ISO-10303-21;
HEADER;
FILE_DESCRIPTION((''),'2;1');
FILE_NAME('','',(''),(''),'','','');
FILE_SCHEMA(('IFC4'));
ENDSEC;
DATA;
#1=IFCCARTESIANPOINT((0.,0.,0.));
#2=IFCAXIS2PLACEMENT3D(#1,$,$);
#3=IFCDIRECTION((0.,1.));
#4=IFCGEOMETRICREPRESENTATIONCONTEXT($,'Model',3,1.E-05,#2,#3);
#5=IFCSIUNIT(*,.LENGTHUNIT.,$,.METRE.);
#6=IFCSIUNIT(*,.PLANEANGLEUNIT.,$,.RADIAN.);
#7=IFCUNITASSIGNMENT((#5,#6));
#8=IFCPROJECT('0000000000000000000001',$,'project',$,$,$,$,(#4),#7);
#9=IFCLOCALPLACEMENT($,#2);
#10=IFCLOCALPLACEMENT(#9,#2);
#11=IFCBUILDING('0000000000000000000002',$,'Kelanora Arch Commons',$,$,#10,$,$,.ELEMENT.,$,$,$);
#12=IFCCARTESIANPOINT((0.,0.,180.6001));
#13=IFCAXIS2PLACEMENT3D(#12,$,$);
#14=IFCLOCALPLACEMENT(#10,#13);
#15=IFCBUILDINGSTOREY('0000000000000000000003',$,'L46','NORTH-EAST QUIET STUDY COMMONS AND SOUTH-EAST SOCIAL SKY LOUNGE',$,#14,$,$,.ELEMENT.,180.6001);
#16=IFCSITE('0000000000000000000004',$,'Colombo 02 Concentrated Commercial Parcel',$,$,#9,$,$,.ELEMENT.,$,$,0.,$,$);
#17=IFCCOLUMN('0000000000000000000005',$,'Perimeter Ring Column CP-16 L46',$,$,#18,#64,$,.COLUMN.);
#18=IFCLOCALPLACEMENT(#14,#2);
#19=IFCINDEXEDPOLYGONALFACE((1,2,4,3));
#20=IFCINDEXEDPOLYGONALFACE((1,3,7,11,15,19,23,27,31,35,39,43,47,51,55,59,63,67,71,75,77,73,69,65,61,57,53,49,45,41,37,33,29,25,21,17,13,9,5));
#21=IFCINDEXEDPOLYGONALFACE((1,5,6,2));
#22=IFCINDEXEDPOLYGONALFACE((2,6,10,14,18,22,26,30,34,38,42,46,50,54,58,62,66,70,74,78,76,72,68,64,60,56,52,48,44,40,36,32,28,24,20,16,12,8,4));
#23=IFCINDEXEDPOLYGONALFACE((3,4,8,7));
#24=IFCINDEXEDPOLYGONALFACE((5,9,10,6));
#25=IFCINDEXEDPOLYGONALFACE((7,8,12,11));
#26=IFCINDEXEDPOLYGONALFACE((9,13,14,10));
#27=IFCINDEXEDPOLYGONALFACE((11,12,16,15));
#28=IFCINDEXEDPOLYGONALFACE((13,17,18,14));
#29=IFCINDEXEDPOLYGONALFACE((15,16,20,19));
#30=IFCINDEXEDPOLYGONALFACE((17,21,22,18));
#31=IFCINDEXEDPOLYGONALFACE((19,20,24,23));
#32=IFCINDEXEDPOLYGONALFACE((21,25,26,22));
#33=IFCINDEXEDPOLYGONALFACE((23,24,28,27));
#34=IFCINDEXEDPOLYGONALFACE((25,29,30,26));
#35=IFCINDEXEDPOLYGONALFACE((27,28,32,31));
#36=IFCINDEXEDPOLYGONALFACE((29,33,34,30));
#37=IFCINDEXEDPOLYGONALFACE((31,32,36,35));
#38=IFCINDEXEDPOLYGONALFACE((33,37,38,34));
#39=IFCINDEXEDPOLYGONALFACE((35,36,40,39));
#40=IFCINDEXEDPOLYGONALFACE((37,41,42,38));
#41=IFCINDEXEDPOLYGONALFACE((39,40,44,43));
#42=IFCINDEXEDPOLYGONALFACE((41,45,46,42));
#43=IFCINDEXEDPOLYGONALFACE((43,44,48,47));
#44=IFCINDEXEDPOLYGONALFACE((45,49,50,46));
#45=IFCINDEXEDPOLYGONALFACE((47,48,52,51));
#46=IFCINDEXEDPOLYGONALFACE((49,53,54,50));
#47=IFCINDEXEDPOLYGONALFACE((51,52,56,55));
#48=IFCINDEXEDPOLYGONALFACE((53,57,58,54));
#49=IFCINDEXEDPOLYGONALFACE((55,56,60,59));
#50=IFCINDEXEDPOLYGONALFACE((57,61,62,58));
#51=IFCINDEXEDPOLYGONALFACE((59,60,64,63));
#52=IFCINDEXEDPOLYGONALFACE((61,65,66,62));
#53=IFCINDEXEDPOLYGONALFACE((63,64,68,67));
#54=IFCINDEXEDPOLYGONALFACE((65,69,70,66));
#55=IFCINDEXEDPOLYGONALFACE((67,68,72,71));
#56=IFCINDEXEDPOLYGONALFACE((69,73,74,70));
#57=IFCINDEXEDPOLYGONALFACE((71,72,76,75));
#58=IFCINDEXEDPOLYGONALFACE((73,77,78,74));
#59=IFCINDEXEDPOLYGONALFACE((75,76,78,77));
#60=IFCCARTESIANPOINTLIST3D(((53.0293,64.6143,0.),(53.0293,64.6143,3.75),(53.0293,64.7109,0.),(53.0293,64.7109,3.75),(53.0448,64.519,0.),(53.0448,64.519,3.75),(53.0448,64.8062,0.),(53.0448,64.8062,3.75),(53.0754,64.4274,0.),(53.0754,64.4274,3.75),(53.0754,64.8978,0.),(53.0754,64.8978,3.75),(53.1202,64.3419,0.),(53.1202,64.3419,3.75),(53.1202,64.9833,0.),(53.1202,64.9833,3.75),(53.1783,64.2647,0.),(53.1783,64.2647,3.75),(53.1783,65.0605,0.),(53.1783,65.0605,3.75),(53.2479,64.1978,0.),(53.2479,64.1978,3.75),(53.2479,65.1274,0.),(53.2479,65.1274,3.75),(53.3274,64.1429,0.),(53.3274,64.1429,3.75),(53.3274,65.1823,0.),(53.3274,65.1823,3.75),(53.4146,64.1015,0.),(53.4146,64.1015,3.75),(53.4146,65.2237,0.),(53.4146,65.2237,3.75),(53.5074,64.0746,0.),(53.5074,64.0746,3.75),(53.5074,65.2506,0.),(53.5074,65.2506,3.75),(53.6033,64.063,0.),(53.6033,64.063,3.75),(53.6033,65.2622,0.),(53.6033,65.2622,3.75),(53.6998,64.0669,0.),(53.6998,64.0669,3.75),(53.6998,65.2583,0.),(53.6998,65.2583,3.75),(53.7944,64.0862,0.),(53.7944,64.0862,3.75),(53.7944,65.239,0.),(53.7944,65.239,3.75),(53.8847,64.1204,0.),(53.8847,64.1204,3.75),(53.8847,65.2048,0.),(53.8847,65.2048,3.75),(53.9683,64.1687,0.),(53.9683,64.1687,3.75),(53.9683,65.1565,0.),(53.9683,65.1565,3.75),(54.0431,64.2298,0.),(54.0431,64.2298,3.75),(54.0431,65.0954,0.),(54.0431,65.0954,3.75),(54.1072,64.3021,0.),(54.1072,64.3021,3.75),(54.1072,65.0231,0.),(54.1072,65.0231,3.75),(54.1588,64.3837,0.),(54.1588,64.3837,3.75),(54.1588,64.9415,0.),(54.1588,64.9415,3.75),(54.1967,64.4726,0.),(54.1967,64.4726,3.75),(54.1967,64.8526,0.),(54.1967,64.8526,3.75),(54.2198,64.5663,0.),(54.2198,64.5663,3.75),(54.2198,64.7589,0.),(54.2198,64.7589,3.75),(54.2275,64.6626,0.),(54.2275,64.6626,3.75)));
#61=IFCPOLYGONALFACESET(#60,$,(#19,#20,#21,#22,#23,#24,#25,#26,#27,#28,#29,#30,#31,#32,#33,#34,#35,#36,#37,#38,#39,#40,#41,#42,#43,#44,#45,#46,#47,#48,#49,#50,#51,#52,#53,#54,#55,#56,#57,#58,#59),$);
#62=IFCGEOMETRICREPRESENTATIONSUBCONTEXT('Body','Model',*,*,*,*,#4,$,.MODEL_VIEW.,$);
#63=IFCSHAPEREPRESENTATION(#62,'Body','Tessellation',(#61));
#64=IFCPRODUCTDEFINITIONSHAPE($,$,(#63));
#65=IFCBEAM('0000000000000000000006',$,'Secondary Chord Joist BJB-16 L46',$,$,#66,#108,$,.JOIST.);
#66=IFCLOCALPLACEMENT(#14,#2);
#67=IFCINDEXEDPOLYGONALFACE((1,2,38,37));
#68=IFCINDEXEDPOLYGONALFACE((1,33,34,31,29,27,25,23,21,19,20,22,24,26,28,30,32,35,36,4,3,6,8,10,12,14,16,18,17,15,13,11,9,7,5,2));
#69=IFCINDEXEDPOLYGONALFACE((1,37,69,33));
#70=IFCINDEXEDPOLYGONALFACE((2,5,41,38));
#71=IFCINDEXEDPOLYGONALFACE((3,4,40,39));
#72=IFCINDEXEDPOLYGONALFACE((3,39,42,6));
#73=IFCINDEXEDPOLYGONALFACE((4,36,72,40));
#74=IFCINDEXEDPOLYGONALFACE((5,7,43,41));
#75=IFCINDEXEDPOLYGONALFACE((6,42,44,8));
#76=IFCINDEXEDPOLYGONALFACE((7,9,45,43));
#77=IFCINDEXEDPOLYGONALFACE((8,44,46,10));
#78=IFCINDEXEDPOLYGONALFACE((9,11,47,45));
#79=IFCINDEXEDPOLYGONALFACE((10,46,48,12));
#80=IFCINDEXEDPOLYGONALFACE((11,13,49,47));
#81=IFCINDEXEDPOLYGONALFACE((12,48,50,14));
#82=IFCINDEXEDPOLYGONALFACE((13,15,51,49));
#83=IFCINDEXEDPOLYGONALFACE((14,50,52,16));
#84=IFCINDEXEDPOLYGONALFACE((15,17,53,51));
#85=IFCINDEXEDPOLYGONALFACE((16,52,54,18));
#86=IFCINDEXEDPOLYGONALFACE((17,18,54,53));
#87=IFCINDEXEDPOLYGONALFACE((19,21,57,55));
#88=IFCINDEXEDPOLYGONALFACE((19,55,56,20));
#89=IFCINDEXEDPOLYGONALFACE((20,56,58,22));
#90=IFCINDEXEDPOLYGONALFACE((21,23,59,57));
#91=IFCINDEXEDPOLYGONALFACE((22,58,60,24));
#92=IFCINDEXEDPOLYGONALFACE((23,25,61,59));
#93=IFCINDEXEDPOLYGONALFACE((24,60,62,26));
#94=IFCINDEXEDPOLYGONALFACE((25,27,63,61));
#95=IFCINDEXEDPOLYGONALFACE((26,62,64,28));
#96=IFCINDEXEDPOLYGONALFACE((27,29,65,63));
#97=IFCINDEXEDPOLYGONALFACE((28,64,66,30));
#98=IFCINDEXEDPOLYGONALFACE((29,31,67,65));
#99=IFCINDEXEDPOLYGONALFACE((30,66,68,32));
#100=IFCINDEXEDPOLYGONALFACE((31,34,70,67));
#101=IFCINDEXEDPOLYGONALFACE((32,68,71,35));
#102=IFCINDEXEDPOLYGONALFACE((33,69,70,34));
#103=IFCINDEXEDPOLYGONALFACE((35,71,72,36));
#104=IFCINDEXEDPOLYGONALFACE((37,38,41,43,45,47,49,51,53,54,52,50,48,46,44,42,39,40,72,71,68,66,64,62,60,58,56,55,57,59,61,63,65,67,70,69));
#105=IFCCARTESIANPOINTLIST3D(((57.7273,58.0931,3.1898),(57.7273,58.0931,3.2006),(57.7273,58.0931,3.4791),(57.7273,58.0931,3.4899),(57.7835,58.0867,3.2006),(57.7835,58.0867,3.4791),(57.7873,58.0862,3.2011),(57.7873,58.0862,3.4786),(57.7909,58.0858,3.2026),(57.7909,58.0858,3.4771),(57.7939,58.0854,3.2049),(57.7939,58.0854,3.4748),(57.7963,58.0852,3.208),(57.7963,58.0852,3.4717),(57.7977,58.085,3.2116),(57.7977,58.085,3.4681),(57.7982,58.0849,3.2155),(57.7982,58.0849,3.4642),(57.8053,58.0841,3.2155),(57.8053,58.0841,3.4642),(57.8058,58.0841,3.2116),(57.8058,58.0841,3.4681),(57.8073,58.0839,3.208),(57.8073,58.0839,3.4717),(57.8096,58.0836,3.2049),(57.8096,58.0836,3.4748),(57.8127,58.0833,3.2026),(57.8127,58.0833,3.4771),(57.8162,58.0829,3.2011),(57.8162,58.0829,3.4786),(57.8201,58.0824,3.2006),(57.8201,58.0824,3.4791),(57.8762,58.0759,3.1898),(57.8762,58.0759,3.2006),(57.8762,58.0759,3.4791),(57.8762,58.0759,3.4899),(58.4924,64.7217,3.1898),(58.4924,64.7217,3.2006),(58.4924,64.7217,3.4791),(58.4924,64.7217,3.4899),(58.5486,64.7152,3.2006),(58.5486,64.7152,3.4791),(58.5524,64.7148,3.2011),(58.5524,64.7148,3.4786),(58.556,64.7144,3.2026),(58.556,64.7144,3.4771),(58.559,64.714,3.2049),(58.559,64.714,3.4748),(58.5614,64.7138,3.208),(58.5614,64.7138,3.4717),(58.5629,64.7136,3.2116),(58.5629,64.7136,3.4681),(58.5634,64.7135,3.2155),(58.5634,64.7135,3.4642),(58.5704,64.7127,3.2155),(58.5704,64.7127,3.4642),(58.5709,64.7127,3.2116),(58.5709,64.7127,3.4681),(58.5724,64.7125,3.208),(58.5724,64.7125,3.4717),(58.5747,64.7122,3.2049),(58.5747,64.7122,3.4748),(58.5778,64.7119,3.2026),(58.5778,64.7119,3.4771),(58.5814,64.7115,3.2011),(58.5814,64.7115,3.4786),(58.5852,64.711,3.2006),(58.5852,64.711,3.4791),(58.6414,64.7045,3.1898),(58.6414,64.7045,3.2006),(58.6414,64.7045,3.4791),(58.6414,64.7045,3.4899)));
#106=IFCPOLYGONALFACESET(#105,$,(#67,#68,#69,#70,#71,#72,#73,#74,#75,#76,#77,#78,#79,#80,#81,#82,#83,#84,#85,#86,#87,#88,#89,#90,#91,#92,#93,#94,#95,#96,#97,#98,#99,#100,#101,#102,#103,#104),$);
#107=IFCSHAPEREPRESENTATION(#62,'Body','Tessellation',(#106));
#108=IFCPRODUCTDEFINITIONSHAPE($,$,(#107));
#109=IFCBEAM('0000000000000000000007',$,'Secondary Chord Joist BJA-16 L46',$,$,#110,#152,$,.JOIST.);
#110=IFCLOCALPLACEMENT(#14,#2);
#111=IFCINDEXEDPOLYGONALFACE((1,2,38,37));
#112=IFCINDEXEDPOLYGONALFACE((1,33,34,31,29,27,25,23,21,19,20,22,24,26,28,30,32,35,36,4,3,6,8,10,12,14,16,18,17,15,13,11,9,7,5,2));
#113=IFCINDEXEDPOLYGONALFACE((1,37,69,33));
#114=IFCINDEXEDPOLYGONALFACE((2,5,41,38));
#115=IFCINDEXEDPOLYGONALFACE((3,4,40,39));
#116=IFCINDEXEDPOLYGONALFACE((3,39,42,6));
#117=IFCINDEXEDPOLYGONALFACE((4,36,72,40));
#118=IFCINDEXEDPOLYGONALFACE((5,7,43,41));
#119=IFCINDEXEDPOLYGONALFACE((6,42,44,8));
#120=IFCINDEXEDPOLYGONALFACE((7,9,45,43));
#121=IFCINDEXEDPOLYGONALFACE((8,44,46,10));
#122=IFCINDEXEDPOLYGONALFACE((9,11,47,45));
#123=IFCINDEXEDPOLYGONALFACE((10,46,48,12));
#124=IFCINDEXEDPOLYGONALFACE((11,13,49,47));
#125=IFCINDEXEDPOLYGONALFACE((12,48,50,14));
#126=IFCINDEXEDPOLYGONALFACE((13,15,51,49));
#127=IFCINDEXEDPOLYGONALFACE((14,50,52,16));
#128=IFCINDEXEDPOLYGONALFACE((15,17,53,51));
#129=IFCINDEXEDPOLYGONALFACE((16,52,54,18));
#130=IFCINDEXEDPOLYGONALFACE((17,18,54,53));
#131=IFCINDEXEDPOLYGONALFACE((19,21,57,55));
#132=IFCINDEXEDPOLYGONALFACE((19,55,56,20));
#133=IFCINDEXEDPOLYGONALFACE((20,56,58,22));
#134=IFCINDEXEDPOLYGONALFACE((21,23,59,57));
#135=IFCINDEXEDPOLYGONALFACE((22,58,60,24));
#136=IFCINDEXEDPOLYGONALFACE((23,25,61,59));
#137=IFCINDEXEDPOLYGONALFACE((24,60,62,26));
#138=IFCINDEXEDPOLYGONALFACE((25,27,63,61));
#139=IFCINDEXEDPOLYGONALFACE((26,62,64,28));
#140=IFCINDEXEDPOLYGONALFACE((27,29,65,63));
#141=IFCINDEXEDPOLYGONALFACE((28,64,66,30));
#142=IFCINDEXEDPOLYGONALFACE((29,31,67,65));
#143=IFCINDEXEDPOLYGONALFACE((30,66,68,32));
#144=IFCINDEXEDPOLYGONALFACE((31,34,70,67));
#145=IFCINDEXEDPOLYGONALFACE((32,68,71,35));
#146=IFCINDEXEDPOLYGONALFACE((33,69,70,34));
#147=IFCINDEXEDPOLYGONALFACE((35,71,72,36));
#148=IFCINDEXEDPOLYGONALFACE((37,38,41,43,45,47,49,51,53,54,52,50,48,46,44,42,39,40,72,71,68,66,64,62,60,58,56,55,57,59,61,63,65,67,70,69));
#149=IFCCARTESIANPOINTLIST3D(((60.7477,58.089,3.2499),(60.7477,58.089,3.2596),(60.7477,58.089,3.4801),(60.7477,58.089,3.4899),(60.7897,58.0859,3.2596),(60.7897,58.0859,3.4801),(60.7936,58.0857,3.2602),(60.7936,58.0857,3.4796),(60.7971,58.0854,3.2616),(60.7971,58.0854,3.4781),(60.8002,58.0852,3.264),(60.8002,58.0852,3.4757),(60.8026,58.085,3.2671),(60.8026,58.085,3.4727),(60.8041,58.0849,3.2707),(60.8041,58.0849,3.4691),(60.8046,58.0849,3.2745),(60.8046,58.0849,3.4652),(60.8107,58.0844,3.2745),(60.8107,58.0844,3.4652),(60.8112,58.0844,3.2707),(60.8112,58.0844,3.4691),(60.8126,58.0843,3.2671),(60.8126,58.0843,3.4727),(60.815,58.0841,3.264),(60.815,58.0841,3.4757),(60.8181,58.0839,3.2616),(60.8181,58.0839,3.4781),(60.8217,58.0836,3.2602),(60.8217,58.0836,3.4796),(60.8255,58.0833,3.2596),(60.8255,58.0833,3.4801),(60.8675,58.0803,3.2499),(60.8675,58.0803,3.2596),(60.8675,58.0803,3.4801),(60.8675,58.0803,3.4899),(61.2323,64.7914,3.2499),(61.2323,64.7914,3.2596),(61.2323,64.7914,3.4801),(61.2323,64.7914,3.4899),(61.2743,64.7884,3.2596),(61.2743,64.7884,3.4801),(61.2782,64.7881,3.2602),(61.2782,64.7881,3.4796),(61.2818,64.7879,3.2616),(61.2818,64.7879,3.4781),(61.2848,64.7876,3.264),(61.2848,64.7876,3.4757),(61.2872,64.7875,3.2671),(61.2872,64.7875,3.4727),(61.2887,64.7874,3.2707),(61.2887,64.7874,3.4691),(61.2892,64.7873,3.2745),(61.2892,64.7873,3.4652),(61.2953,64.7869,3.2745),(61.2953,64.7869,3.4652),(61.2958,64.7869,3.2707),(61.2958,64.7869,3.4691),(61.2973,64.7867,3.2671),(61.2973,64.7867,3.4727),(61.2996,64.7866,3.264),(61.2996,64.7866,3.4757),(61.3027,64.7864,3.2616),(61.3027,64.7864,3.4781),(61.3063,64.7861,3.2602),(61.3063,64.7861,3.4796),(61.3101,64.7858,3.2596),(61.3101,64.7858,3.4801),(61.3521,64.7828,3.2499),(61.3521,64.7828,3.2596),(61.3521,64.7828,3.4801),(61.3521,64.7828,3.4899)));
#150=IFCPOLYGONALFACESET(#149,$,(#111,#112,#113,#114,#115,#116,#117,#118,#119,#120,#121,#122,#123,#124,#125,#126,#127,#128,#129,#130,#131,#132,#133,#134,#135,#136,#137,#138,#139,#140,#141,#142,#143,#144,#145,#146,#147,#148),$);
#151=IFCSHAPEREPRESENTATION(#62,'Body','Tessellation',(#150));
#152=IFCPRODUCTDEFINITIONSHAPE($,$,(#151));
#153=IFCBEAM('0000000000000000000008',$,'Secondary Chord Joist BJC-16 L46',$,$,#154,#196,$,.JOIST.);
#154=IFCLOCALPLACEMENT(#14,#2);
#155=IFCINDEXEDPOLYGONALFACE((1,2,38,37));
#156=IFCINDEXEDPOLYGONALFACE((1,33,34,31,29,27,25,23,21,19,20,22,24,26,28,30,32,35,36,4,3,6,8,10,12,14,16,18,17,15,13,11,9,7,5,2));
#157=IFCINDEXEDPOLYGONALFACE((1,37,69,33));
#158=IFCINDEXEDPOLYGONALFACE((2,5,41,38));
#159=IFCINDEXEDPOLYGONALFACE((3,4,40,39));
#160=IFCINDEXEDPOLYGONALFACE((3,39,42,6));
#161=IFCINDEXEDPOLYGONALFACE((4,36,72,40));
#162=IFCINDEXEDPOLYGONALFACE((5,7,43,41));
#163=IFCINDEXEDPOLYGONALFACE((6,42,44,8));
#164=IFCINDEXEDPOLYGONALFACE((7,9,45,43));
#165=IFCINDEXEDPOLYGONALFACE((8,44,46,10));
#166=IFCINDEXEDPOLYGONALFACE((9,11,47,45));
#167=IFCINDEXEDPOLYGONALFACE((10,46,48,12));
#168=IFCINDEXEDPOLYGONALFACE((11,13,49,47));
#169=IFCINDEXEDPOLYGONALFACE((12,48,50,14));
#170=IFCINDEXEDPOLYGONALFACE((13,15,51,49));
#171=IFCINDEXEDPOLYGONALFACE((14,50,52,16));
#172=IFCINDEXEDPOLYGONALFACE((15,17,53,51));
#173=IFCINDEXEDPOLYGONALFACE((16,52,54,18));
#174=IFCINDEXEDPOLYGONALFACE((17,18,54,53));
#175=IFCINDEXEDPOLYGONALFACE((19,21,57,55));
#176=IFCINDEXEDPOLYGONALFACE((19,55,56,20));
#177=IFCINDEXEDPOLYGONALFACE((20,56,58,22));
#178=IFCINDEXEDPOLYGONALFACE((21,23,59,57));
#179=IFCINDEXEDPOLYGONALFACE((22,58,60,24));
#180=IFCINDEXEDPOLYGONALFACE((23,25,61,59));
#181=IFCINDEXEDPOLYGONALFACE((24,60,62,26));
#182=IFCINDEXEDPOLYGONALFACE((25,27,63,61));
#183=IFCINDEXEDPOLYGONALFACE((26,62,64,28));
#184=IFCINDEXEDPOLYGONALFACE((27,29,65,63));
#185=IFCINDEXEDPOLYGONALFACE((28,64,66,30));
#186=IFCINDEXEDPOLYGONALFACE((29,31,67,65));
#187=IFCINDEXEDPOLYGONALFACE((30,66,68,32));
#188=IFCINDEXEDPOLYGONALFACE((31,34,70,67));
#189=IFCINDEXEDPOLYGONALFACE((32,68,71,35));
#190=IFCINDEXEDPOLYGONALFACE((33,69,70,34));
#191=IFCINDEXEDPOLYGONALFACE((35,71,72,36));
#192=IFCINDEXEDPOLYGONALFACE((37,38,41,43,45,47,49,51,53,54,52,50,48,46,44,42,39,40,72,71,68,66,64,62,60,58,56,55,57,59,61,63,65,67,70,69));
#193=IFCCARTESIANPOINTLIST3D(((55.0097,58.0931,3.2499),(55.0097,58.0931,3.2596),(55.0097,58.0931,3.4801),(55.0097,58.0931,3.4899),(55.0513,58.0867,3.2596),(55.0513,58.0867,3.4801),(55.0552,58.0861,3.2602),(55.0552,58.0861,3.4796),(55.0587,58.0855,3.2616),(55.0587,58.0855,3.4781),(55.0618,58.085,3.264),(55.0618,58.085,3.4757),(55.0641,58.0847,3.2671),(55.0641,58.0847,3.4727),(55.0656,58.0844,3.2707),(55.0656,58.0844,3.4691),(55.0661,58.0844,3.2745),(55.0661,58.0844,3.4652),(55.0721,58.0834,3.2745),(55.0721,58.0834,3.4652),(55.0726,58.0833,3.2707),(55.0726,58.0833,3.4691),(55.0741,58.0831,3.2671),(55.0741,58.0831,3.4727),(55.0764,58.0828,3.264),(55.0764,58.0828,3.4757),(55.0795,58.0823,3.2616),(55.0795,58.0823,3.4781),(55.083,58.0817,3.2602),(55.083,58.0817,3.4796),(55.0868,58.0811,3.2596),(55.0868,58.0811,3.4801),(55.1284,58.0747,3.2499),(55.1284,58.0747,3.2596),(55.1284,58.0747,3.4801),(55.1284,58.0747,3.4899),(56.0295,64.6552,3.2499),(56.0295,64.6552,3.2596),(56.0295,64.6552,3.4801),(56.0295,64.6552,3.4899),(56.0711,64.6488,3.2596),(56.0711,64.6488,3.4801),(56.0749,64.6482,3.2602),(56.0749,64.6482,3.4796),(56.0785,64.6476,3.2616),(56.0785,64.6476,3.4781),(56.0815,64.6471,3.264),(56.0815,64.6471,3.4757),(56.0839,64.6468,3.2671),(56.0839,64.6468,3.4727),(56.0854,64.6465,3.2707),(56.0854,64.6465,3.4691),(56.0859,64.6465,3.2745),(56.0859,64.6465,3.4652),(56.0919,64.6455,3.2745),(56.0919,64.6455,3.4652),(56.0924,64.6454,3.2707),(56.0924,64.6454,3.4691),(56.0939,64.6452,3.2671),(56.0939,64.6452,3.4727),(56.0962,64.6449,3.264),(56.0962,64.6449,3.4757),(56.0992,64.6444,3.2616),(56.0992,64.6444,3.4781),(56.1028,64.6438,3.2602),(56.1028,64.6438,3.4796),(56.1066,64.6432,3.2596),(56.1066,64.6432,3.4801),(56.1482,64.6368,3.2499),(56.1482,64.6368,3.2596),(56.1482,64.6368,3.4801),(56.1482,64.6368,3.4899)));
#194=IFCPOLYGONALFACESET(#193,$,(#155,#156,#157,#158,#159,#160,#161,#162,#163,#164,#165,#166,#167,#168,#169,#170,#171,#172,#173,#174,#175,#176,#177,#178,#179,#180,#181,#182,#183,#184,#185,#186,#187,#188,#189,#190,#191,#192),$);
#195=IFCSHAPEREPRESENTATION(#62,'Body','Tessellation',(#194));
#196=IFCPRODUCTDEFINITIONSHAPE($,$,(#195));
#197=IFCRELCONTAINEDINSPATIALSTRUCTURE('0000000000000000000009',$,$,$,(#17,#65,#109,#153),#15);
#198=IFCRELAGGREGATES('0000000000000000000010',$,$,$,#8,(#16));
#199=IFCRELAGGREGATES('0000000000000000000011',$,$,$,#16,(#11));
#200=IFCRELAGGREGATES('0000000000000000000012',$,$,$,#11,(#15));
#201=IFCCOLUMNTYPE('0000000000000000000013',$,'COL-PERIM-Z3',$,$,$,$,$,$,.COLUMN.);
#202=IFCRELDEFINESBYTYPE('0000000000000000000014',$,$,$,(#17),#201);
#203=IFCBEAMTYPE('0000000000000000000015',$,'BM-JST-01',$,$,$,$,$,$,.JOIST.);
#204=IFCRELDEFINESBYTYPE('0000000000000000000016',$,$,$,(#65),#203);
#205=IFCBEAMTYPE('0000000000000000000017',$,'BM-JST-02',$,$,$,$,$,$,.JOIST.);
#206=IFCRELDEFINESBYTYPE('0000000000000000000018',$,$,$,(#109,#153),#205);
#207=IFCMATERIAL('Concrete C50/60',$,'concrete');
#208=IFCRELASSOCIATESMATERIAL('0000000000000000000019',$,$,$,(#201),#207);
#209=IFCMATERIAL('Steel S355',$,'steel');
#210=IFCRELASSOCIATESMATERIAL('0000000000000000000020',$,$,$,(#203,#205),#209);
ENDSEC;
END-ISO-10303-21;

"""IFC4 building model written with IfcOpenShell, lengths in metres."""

from ifc_helpers import new_model, si_unit, direction, frame, origin, origin_2d, place, context, subcontext, project, spatial, circle, i_section, extrude, material, material_profile, profile_set, type_object, element, save


model = new_model("IFC4")

# Units and contexts
model_context = context("Model", 3, precision=1e-05, world=origin(), true_north=direction((0.0, 1.0)))
body_context = subcontext(model_context, "Body", "Model", "MODEL_VIEW")
ifc_project = project(units=[si_unit("LENGTHUNIT", "METRE"), si_unit("PLANEANGLEUNIT", "RADIAN")], contexts=[model_context])

# Site, building, storey
site_placement = place(None, origin())
site = spatial("IfcSite", under=ifc_project, at=site_placement, Name="Colombo 02 Concentrated Commercial Parcel", CompositionType="ELEMENT", RefElevation=0.0)
building_placement = place(site_placement, origin())
building = spatial("IfcBuilding", under=site, at=building_placement, Name="Kelanora Arch Commons", CompositionType="ELEMENT")
storey_placement = place(building_placement, frame((0.0, 0.0, 180.6001)))
storey = spatial("IfcBuildingStorey", under=building, at=storey_placement, Name="L46", Description="NORTH-EAST QUIET STUDY COMMONS AND SOUTH-EAST SOCIAL SKY LOUNGE", CompositionType="ELEMENT", Elevation=180.6001)

# Column
ifc_material_1 = material(Name="Concrete C50/60", Category="concrete")
ifc_material_profile_1 = material_profile(ifc_material_1, circle(Radius=0.6001, at=origin_2d()), Name="RCC1200")
ifc_profile_set_1 = profile_set([ifc_material_profile_1], Name="Concrete C50/60")
column_type = type_object("IfcColumnType", Name="COL-PERIM-Z3", PredefinedType="COLUMN", material=ifc_profile_set_1)
column_placement = place(storey_placement, frame((53.6274, 64.6626, 0.0), z_axis=(0.0, 0.0, 1.0), x_axis=(1.0, 0.0, 0.0)))
element("IfcColumn", 1, at=column_placement, inside=storey, type_object=column_type, Name="Perimeter Ring Column CP-16 L46", PredefinedType="COLUMN", context=body_context, shape_type="SweptSolid", body=[
    extrude(circle(Radius=0.6001, at=origin_2d()), origin(), (0.0, 0.0, 1.0), 3.75),
])

# Beams
ifc_material_2 = material(Name="Steel S355", Category="steel")
ifc_material_profile_2 = material_profile(ifc_material_2, i_section(OverallWidth=0.1499, OverallDepth=0.3, WebThickness=0.0071, FlangeThickness=0.0107, FilletRadius=0.0149, at=origin_2d()), Name="IPE300")
ifc_profile_set_2 = profile_set([ifc_material_profile_2], Name="Steel S355")
beam_type_1 = type_object("IfcBeamType", Name="BM-JST-01", PredefinedType="JOIST", material=ifc_profile_set_2)
beam_1_placement = place(storey_placement, frame((58.5669, 64.7131, 3.3398), z_axis=(-0.114667, -0.993404, 0.0), x_axis=(0.993404, -0.114667, 0.0)))
element("IfcBeam", 2, at=beam_1_placement, inside=storey, type_object=beam_type_1, Name="Secondary Chord Joist BJB-16 L46", PredefinedType="JOIST", context=body_context, shape_type="SweptSolid", body=[
    extrude(i_section(OverallWidth=0.1499, OverallDepth=0.3, WebThickness=0.0071, FlangeThickness=0.0107, FilletRadius=0.0149, at=origin_2d()), origin(), (0.0, 0.0, 1.0), 6.6726),
])
ifc_material_profile_3 = material_profile(ifc_material_2, i_section(OverallWidth=0.1201, OverallDepth=0.24, WebThickness=0.0061, FlangeThickness=0.0098, FilletRadius=0.0149, at=origin_2d()), Name="IPE240")
ifc_profile_set_3 = profile_set([ifc_material_profile_3], Name="Steel S355")
beam_type_2 = type_object("IfcBeamType", Name="BM-JST-02", PredefinedType="JOIST", material=ifc_profile_set_3)
beam_2_placement = place(storey_placement, frame((61.2922, 64.7871, 3.3699), z_axis=(-0.072117, -0.997396, 0.0), x_axis=(0.997396, -0.072117, 0.0)))
element("IfcBeam", 3, at=beam_2_placement, inside=storey, type_object=beam_type_2, Name="Secondary Chord Joist BJA-16 L46", PredefinedType="JOIST", context=body_context, shape_type="SweptSolid", body=[
    extrude(i_section(OverallWidth=0.1201, OverallDepth=0.24, WebThickness=0.0061, FlangeThickness=0.0098, FilletRadius=0.0149, at=origin_2d()), origin(), (0.0, 0.0, 1.0), 6.72),
])
beam_3_placement = place(storey_placement, frame((56.0889, 64.646, 3.3699), z_axis=(-0.153563, -0.988139, 0.0), x_axis=(0.988139, -0.153563, 0.0)))
element("IfcBeam", 4, at=beam_3_placement, inside=storey, type_object=beam_type_2, Name="Secondary Chord Joist BJC-16 L46", PredefinedType="JOIST", context=body_context, shape_type="SweptSolid", body=[
    extrude(i_section(OverallWidth=0.1201, OverallDepth=0.24, WebThickness=0.0061, FlangeThickness=0.0098, FilletRadius=0.0149, at=origin_2d()), origin(), (0.0, 0.0, 1.0), 6.6409),
])

save(model, "model.ifc")
